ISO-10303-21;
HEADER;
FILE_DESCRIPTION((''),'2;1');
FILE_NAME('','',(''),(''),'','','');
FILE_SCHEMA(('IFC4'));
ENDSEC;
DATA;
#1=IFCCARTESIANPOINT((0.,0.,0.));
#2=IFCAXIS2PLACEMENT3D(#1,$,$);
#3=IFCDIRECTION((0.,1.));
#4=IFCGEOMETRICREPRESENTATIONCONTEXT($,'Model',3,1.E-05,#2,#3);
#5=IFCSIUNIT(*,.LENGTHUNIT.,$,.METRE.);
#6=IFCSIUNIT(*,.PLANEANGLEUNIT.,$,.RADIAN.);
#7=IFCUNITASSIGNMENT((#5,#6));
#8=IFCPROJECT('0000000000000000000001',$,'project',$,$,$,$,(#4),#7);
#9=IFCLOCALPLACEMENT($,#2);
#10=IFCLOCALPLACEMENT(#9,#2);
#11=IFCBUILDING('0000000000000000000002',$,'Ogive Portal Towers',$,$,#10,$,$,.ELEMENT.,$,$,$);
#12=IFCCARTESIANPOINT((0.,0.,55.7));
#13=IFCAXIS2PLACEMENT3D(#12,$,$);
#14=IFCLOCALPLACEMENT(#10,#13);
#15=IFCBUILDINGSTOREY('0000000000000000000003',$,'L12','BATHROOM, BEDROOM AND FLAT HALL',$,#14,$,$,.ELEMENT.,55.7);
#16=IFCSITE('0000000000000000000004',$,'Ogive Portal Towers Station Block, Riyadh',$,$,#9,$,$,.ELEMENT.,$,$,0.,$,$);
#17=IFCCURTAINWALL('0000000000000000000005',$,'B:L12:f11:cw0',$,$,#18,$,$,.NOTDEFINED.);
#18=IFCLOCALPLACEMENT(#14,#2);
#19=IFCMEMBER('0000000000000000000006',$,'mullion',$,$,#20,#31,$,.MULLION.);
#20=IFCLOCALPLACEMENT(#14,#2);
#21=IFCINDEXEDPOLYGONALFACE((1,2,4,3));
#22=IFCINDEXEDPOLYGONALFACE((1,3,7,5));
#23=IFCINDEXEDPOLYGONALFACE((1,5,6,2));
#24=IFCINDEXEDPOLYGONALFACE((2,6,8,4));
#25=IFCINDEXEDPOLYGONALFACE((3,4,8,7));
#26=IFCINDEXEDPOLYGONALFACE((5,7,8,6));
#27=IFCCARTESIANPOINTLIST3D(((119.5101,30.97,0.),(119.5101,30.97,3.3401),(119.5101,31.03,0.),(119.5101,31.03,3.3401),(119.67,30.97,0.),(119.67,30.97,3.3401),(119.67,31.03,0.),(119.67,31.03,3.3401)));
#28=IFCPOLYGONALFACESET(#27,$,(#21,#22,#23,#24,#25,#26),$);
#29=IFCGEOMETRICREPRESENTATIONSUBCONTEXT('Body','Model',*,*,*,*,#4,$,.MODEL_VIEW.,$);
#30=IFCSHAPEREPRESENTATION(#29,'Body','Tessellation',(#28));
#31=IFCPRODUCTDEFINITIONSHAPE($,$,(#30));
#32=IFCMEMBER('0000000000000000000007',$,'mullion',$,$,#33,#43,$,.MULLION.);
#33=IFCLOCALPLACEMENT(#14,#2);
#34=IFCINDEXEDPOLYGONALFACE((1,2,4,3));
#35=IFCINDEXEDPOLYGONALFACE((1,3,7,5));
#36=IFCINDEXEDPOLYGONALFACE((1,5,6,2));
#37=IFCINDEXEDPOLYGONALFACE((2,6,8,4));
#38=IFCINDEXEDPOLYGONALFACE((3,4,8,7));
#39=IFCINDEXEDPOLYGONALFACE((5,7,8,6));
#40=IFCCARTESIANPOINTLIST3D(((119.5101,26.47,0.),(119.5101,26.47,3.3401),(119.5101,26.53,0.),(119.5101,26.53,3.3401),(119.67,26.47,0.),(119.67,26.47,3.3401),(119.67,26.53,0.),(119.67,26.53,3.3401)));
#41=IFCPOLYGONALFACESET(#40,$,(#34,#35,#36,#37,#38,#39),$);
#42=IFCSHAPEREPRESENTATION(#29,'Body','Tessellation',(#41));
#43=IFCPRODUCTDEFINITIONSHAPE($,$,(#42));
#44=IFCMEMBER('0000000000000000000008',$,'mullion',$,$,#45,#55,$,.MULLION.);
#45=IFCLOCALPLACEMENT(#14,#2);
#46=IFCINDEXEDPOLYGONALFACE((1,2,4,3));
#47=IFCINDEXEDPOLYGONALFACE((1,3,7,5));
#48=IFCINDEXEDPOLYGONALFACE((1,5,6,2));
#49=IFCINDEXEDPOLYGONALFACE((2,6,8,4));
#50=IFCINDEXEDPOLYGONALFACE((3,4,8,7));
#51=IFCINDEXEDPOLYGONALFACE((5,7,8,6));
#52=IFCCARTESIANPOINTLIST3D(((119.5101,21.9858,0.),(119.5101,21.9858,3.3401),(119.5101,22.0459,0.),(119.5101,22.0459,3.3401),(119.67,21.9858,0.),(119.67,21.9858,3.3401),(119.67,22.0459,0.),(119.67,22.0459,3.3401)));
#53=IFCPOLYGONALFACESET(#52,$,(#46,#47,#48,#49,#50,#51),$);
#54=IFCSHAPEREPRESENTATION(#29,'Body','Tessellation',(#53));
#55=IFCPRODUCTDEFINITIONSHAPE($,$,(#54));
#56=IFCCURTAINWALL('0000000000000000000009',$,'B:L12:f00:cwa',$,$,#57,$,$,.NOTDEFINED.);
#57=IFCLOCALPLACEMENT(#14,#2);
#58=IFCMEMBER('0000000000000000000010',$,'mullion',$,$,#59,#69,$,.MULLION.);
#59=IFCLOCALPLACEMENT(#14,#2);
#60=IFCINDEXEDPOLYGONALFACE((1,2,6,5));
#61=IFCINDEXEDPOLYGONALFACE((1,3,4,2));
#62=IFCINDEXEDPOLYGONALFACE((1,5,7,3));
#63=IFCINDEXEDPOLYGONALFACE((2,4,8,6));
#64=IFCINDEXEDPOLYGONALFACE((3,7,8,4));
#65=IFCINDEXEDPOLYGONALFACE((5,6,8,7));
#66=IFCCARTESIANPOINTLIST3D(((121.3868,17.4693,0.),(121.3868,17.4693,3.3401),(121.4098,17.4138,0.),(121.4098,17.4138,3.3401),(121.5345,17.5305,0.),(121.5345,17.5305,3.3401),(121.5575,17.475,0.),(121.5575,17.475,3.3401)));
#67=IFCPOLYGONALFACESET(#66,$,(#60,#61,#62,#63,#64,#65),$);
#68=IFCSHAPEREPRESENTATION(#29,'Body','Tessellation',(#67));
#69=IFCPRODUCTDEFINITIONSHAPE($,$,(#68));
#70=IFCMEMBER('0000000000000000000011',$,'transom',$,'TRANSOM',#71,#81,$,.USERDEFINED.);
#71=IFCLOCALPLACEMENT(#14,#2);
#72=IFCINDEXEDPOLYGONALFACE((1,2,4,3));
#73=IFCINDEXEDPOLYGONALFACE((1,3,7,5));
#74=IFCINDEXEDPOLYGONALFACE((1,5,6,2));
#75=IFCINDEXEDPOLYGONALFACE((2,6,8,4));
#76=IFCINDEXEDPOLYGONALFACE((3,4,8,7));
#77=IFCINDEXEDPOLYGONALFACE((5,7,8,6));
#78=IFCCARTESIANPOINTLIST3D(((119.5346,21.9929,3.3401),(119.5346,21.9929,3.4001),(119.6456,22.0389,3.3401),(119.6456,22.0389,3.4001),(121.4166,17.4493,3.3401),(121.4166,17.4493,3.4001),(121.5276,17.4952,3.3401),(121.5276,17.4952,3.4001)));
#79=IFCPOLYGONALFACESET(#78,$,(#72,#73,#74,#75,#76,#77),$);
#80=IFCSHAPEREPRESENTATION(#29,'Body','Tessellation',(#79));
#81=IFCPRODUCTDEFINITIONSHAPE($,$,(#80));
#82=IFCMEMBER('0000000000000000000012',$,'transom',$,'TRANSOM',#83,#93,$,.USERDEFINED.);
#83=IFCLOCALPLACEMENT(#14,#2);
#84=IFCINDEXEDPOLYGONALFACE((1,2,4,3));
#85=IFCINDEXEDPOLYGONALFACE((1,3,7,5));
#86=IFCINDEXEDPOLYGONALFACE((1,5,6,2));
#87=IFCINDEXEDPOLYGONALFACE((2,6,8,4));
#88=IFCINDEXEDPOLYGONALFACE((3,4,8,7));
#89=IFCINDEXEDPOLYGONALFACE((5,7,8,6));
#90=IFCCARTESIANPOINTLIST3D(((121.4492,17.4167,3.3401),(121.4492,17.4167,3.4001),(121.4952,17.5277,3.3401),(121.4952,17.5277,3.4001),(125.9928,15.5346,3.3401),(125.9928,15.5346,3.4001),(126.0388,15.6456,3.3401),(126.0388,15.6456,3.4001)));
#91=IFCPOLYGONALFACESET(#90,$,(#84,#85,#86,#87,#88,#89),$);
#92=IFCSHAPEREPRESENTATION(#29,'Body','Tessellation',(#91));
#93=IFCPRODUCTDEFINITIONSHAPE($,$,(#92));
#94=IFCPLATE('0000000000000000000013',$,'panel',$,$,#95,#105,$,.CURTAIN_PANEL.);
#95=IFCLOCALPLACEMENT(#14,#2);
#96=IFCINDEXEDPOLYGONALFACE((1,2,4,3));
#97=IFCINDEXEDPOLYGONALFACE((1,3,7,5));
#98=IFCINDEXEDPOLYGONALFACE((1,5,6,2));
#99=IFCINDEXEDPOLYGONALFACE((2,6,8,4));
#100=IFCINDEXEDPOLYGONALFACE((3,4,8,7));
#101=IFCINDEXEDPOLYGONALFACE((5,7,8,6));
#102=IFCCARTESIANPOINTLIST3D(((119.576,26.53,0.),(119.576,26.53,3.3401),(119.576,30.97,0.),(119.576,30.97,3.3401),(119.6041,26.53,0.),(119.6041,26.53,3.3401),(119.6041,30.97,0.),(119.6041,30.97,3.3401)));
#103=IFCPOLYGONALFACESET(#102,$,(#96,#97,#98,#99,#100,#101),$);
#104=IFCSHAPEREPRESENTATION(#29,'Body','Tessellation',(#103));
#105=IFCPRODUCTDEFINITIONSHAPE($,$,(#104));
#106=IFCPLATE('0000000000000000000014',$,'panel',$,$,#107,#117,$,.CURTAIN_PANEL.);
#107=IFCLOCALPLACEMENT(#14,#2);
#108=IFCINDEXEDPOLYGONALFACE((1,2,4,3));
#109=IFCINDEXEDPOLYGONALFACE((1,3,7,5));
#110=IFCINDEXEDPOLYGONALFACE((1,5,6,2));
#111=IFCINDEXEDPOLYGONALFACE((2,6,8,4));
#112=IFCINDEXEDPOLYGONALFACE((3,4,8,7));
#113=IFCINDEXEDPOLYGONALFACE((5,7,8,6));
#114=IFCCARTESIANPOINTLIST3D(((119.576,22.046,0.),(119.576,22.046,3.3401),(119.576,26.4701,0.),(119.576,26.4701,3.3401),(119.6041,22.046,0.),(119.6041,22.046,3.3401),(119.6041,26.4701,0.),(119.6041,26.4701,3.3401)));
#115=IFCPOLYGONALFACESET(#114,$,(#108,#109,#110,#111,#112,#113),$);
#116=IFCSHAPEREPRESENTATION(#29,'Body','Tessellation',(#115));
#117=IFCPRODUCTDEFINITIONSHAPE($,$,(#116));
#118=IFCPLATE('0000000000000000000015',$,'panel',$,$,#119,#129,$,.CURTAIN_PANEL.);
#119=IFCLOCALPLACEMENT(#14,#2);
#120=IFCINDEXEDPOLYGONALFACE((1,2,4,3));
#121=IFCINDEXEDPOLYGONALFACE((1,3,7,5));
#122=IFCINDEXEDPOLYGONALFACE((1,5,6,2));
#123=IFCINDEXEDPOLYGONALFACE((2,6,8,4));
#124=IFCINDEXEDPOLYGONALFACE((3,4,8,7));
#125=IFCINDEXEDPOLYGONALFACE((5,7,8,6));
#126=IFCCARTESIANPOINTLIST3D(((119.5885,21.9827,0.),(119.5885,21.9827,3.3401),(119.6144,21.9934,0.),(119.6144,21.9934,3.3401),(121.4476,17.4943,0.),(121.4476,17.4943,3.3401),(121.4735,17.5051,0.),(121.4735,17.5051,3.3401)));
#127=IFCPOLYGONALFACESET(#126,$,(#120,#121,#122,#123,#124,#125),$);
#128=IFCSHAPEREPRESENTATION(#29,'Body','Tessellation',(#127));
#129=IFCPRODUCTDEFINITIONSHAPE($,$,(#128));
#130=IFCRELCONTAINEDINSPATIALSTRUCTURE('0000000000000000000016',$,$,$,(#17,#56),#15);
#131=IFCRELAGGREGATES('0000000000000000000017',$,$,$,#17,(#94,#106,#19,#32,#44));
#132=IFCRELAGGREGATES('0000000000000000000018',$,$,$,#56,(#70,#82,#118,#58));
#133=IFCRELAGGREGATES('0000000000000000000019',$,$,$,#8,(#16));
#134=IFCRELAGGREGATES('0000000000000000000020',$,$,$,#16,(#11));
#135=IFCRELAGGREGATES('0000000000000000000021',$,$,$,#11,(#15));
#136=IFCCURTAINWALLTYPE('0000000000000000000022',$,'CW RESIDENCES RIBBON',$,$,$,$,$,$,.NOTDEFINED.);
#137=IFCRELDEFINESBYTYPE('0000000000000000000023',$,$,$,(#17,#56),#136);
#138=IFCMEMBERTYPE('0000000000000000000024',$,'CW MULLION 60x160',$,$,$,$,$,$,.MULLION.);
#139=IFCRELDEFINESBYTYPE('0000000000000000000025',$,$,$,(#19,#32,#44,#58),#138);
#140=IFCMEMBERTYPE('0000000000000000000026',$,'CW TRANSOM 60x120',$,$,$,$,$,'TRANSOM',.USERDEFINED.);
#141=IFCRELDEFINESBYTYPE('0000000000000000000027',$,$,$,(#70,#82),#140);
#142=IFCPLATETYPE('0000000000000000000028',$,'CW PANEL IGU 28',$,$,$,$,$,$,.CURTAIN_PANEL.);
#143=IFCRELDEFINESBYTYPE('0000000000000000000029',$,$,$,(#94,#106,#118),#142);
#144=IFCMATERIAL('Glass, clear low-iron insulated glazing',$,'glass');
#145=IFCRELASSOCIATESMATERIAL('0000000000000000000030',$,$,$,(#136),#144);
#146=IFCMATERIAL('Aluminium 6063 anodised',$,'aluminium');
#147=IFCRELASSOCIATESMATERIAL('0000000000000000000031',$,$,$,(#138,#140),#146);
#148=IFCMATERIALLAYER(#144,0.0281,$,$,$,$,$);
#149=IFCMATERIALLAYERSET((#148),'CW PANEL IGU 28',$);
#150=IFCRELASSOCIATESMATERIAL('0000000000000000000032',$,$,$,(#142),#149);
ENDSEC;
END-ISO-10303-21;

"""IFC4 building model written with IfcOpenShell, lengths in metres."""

from ifc_helpers import new_model, si_unit, direction, frame, origin, origin_2d, place, context, subcontext, project, spatial, rectangle, extrude, material, layer, layer_set, material_profile, profile_set, type_object, element, aggregate, save


model = new_model("IFC4")

# Units and contexts
model_context = context("Model", 3, precision=1e-05, world=origin(), true_north=direction((0.0, 1.0)))
body_context = subcontext(model_context, "Body", "Model", "MODEL_VIEW")
ifc_project = project(units=[si_unit("LENGTHUNIT", "METRE"), si_unit("PLANEANGLEUNIT", "RADIAN")], contexts=[model_context])

# Site, building, storey
site_placement = place(None, origin())
site = spatial("IfcSite", under=ifc_project, at=site_placement, Name="Ogive Portal Towers Station Block, Riyadh", CompositionType="ELEMENT", RefElevation=0.0)
building_placement = place(site_placement, origin())
building = spatial("IfcBuilding", under=site, at=building_placement, Name="Ogive Portal Towers", CompositionType="ELEMENT")
storey_placement = place(building_placement, frame((0.0, 0.0, 55.7)))
storey = spatial("IfcBuildingStorey", under=building, at=storey_placement, Name="L12", Description="BATHROOM, BEDROOM AND FLAT HALL", CompositionType="ELEMENT", Elevation=55.7)

# Curtain walls, members
ifc_material_1 = material(Name="Glass, clear low-iron insulated glazing", Category="glass")
curtain_wall_type = type_object("IfcCurtainWallType", Name="CW RESIDENCES RIBBON", PredefinedType="NOTDEFINED", material=ifc_material_1)
curtain_wall_1_placement = place(storey_placement, origin())
curtain_wall_1 = element("IfcCurtainWall", 1, at=curtain_wall_1_placement, inside=storey, type_object=curtain_wall_type, Name="B:L12:f11:cw0", PredefinedType="NOTDEFINED")
ifc_material_2 = material(Name="Aluminium 6063 anodised", Category="aluminium")
ifc_material_profile_1 = material_profile(ifc_material_2, rectangle(XDim=0.1599, YDim=0.0601, at=origin_2d()), Name="AL 60x160")
ifc_profile_set_1 = profile_set([ifc_material_profile_1], Name="Aluminium 6063 anodised")
member_type_1 = type_object("IfcMemberType", Name="CW MULLION 60x160", PredefinedType="MULLION", material=ifc_profile_set_1)
member_1_placement = place(storey_placement, frame((119.5901, 31.0, 0.0), z_axis=(0.0, 0.0, 1.0), x_axis=(1.0, 0.0, 0.0)))
member_1 = element("IfcMember", 2, at=member_1_placement, type_object=member_type_1, Name="mullion", PredefinedType="MULLION", context=body_context, shape_type="SweptSolid", body=[
    extrude(rectangle(XDim=0.1599, YDim=0.0601, at=origin_2d()), origin(), (0.0, 0.0, 1.0), 3.3401),
])
member_2_placement = place(storey_placement, frame((119.5901, 26.5, 0.0), z_axis=(0.0, 0.0, 1.0), x_axis=(1.0, 0.0, 0.0)))
member_2 = element("IfcMember", 3, at=member_2_placement, type_object=member_type_1, Name="mullion", PredefinedType="MULLION", context=body_context, shape_type="SweptSolid", body=[
    extrude(rectangle(XDim=0.1599, YDim=0.0601, at=origin_2d()), origin(), (0.0, 0.0, 1.0), 3.3401),
])
member_3_placement = place(storey_placement, frame((119.5901, 22.0159, 0.0), z_axis=(0.0, 0.0, 1.0), x_axis=(1.0, 0.0, 0.0)))
member_3 = element("IfcMember", 4, at=member_3_placement, type_object=member_type_1, Name="mullion", PredefinedType="MULLION", context=body_context, shape_type="SweptSolid", body=[
    extrude(rectangle(XDim=0.1599, YDim=0.0601, at=origin_2d()), origin(), (0.0, 0.0, 1.0), 3.3401),
])
curtain_wall_2_placement = place(storey_placement, origin())
curtain_wall_2 = element("IfcCurtainWall", 5, at=curtain_wall_2_placement, inside=storey, type_object=curtain_wall_type, Name="B:L12:f00:cwa", PredefinedType="NOTDEFINED")
member_4_placement = place(storey_placement, frame((121.4722, 17.4722, 0.0), z_axis=(0.0, 0.0, 1.0), x_axis=(0.92388, 0.382683, 0.0)))
member_4 = element("IfcMember", 6, at=member_4_placement, type_object=member_type_1, Name="mullion", PredefinedType="MULLION", context=body_context, shape_type="SweptSolid", body=[
    extrude(rectangle(XDim=0.1599, YDim=0.0601, at=origin_2d()), origin(), (0.0, 0.0, 1.0), 3.3401),
])
ifc_material_profile_2 = material_profile(ifc_material_2, rectangle(XDim=0.1201, YDim=0.0601, at=origin_2d()), Name="AL 120x60")
ifc_profile_set_2 = profile_set([ifc_material_profile_2], Name="Aluminium 6063 anodised")
member_type_2 = type_object("IfcMemberType", Name="CW TRANSOM 60x120", ElementType="TRANSOM", PredefinedType="USERDEFINED", material=ifc_profile_set_2)
member_5_placement = place(storey_placement, frame((119.5901, 22.0159, 3.3701), z_axis=(0.382686, -0.923878, 0.0), x_axis=(0.923878, 0.382686, 0.0)))
member_5 = element("IfcMember", 7, at=member_5_placement, type_object=member_type_2, Name="transom", ObjectType="TRANSOM", PredefinedType="USERDEFINED", context=body_context, shape_type="SweptSolid", body=[
    extrude(rectangle(XDim=0.1201, YDim=0.0601, at=origin_2d()), origin(), (0.0, 0.0, 1.0), 4.918),
])
member_6_placement = place(storey_placement, frame((121.4722, 17.4722, 3.3701), z_axis=(0.923878, -0.382686, 0.0), x_axis=(0.382686, 0.923878, 0.0)))
member_6 = element("IfcMember", 8, at=member_6_placement, type_object=member_type_2, Name="transom", ObjectType="TRANSOM", PredefinedType="USERDEFINED", context=body_context, shape_type="SweptSolid", body=[
    extrude(rectangle(XDim=0.1201, YDim=0.0601, at=origin_2d()), origin(), (0.0, 0.0, 1.0), 4.918),
])

# Plates
ifc_layer_1 = layer(ifc_material_1, 0.0281)
ifc_layer_set_1 = layer_set([ifc_layer_1], Name="CW PANEL IGU 28")
plate_type = type_object("IfcPlateType", Name="CW PANEL IGU 28", PredefinedType="CURTAIN_PANEL", material=ifc_layer_set_1)
plate_1_placement = place(storey_placement, frame((119.5901, 28.75, 0.0), z_axis=(0.0, 0.0, 1.0), x_axis=(0.0, -1.0, 0.0)))
plate_1 = element("IfcPlate", 9, at=plate_1_placement, type_object=plate_type, Name="panel", PredefinedType="CURTAIN_PANEL", context=body_context, shape_type="SweptSolid", body=[
    extrude(rectangle(XDim=4.4399, YDim=0.0281, at=origin_2d()), origin(), (0.0, 0.0, 1.0), 3.3401),
])
plate_2_placement = place(storey_placement, frame((119.5901, 24.2581, 0.0), z_axis=(0.0, 0.0, 1.0), x_axis=(0.0, -1.0, 0.0)))
plate_2 = element("IfcPlate", 10, at=plate_2_placement, type_object=plate_type, Name="panel", PredefinedType="CURTAIN_PANEL", context=body_context, shape_type="SweptSolid", body=[
    extrude(rectangle(XDim=4.4241, YDim=0.0281, at=origin_2d()), origin(), (0.0, 0.0, 1.0), 3.3401),
])
aggregate(curtain_wall_1, [plate_1, plate_2, member_1, member_2, member_3])
plate_3_placement = place(storey_placement, frame((120.531, 19.7439, 0.0), z_axis=(0.0, 0.0, 1.0), x_axis=(0.382683, -0.92388, 0.0)))
plate_3 = element("IfcPlate", 11, at=plate_3_placement, type_object=plate_type, Name="panel", PredefinedType="CURTAIN_PANEL", context=body_context, shape_type="SweptSolid", body=[
    extrude(rectangle(XDim=4.8582, YDim=0.0281, at=origin_2d()), origin(), (0.0, 0.0, 1.0), 3.3401),
])
aggregate(curtain_wall_2, [member_5, member_6, plate_3, member_4])

save(model, "model.ifc")
